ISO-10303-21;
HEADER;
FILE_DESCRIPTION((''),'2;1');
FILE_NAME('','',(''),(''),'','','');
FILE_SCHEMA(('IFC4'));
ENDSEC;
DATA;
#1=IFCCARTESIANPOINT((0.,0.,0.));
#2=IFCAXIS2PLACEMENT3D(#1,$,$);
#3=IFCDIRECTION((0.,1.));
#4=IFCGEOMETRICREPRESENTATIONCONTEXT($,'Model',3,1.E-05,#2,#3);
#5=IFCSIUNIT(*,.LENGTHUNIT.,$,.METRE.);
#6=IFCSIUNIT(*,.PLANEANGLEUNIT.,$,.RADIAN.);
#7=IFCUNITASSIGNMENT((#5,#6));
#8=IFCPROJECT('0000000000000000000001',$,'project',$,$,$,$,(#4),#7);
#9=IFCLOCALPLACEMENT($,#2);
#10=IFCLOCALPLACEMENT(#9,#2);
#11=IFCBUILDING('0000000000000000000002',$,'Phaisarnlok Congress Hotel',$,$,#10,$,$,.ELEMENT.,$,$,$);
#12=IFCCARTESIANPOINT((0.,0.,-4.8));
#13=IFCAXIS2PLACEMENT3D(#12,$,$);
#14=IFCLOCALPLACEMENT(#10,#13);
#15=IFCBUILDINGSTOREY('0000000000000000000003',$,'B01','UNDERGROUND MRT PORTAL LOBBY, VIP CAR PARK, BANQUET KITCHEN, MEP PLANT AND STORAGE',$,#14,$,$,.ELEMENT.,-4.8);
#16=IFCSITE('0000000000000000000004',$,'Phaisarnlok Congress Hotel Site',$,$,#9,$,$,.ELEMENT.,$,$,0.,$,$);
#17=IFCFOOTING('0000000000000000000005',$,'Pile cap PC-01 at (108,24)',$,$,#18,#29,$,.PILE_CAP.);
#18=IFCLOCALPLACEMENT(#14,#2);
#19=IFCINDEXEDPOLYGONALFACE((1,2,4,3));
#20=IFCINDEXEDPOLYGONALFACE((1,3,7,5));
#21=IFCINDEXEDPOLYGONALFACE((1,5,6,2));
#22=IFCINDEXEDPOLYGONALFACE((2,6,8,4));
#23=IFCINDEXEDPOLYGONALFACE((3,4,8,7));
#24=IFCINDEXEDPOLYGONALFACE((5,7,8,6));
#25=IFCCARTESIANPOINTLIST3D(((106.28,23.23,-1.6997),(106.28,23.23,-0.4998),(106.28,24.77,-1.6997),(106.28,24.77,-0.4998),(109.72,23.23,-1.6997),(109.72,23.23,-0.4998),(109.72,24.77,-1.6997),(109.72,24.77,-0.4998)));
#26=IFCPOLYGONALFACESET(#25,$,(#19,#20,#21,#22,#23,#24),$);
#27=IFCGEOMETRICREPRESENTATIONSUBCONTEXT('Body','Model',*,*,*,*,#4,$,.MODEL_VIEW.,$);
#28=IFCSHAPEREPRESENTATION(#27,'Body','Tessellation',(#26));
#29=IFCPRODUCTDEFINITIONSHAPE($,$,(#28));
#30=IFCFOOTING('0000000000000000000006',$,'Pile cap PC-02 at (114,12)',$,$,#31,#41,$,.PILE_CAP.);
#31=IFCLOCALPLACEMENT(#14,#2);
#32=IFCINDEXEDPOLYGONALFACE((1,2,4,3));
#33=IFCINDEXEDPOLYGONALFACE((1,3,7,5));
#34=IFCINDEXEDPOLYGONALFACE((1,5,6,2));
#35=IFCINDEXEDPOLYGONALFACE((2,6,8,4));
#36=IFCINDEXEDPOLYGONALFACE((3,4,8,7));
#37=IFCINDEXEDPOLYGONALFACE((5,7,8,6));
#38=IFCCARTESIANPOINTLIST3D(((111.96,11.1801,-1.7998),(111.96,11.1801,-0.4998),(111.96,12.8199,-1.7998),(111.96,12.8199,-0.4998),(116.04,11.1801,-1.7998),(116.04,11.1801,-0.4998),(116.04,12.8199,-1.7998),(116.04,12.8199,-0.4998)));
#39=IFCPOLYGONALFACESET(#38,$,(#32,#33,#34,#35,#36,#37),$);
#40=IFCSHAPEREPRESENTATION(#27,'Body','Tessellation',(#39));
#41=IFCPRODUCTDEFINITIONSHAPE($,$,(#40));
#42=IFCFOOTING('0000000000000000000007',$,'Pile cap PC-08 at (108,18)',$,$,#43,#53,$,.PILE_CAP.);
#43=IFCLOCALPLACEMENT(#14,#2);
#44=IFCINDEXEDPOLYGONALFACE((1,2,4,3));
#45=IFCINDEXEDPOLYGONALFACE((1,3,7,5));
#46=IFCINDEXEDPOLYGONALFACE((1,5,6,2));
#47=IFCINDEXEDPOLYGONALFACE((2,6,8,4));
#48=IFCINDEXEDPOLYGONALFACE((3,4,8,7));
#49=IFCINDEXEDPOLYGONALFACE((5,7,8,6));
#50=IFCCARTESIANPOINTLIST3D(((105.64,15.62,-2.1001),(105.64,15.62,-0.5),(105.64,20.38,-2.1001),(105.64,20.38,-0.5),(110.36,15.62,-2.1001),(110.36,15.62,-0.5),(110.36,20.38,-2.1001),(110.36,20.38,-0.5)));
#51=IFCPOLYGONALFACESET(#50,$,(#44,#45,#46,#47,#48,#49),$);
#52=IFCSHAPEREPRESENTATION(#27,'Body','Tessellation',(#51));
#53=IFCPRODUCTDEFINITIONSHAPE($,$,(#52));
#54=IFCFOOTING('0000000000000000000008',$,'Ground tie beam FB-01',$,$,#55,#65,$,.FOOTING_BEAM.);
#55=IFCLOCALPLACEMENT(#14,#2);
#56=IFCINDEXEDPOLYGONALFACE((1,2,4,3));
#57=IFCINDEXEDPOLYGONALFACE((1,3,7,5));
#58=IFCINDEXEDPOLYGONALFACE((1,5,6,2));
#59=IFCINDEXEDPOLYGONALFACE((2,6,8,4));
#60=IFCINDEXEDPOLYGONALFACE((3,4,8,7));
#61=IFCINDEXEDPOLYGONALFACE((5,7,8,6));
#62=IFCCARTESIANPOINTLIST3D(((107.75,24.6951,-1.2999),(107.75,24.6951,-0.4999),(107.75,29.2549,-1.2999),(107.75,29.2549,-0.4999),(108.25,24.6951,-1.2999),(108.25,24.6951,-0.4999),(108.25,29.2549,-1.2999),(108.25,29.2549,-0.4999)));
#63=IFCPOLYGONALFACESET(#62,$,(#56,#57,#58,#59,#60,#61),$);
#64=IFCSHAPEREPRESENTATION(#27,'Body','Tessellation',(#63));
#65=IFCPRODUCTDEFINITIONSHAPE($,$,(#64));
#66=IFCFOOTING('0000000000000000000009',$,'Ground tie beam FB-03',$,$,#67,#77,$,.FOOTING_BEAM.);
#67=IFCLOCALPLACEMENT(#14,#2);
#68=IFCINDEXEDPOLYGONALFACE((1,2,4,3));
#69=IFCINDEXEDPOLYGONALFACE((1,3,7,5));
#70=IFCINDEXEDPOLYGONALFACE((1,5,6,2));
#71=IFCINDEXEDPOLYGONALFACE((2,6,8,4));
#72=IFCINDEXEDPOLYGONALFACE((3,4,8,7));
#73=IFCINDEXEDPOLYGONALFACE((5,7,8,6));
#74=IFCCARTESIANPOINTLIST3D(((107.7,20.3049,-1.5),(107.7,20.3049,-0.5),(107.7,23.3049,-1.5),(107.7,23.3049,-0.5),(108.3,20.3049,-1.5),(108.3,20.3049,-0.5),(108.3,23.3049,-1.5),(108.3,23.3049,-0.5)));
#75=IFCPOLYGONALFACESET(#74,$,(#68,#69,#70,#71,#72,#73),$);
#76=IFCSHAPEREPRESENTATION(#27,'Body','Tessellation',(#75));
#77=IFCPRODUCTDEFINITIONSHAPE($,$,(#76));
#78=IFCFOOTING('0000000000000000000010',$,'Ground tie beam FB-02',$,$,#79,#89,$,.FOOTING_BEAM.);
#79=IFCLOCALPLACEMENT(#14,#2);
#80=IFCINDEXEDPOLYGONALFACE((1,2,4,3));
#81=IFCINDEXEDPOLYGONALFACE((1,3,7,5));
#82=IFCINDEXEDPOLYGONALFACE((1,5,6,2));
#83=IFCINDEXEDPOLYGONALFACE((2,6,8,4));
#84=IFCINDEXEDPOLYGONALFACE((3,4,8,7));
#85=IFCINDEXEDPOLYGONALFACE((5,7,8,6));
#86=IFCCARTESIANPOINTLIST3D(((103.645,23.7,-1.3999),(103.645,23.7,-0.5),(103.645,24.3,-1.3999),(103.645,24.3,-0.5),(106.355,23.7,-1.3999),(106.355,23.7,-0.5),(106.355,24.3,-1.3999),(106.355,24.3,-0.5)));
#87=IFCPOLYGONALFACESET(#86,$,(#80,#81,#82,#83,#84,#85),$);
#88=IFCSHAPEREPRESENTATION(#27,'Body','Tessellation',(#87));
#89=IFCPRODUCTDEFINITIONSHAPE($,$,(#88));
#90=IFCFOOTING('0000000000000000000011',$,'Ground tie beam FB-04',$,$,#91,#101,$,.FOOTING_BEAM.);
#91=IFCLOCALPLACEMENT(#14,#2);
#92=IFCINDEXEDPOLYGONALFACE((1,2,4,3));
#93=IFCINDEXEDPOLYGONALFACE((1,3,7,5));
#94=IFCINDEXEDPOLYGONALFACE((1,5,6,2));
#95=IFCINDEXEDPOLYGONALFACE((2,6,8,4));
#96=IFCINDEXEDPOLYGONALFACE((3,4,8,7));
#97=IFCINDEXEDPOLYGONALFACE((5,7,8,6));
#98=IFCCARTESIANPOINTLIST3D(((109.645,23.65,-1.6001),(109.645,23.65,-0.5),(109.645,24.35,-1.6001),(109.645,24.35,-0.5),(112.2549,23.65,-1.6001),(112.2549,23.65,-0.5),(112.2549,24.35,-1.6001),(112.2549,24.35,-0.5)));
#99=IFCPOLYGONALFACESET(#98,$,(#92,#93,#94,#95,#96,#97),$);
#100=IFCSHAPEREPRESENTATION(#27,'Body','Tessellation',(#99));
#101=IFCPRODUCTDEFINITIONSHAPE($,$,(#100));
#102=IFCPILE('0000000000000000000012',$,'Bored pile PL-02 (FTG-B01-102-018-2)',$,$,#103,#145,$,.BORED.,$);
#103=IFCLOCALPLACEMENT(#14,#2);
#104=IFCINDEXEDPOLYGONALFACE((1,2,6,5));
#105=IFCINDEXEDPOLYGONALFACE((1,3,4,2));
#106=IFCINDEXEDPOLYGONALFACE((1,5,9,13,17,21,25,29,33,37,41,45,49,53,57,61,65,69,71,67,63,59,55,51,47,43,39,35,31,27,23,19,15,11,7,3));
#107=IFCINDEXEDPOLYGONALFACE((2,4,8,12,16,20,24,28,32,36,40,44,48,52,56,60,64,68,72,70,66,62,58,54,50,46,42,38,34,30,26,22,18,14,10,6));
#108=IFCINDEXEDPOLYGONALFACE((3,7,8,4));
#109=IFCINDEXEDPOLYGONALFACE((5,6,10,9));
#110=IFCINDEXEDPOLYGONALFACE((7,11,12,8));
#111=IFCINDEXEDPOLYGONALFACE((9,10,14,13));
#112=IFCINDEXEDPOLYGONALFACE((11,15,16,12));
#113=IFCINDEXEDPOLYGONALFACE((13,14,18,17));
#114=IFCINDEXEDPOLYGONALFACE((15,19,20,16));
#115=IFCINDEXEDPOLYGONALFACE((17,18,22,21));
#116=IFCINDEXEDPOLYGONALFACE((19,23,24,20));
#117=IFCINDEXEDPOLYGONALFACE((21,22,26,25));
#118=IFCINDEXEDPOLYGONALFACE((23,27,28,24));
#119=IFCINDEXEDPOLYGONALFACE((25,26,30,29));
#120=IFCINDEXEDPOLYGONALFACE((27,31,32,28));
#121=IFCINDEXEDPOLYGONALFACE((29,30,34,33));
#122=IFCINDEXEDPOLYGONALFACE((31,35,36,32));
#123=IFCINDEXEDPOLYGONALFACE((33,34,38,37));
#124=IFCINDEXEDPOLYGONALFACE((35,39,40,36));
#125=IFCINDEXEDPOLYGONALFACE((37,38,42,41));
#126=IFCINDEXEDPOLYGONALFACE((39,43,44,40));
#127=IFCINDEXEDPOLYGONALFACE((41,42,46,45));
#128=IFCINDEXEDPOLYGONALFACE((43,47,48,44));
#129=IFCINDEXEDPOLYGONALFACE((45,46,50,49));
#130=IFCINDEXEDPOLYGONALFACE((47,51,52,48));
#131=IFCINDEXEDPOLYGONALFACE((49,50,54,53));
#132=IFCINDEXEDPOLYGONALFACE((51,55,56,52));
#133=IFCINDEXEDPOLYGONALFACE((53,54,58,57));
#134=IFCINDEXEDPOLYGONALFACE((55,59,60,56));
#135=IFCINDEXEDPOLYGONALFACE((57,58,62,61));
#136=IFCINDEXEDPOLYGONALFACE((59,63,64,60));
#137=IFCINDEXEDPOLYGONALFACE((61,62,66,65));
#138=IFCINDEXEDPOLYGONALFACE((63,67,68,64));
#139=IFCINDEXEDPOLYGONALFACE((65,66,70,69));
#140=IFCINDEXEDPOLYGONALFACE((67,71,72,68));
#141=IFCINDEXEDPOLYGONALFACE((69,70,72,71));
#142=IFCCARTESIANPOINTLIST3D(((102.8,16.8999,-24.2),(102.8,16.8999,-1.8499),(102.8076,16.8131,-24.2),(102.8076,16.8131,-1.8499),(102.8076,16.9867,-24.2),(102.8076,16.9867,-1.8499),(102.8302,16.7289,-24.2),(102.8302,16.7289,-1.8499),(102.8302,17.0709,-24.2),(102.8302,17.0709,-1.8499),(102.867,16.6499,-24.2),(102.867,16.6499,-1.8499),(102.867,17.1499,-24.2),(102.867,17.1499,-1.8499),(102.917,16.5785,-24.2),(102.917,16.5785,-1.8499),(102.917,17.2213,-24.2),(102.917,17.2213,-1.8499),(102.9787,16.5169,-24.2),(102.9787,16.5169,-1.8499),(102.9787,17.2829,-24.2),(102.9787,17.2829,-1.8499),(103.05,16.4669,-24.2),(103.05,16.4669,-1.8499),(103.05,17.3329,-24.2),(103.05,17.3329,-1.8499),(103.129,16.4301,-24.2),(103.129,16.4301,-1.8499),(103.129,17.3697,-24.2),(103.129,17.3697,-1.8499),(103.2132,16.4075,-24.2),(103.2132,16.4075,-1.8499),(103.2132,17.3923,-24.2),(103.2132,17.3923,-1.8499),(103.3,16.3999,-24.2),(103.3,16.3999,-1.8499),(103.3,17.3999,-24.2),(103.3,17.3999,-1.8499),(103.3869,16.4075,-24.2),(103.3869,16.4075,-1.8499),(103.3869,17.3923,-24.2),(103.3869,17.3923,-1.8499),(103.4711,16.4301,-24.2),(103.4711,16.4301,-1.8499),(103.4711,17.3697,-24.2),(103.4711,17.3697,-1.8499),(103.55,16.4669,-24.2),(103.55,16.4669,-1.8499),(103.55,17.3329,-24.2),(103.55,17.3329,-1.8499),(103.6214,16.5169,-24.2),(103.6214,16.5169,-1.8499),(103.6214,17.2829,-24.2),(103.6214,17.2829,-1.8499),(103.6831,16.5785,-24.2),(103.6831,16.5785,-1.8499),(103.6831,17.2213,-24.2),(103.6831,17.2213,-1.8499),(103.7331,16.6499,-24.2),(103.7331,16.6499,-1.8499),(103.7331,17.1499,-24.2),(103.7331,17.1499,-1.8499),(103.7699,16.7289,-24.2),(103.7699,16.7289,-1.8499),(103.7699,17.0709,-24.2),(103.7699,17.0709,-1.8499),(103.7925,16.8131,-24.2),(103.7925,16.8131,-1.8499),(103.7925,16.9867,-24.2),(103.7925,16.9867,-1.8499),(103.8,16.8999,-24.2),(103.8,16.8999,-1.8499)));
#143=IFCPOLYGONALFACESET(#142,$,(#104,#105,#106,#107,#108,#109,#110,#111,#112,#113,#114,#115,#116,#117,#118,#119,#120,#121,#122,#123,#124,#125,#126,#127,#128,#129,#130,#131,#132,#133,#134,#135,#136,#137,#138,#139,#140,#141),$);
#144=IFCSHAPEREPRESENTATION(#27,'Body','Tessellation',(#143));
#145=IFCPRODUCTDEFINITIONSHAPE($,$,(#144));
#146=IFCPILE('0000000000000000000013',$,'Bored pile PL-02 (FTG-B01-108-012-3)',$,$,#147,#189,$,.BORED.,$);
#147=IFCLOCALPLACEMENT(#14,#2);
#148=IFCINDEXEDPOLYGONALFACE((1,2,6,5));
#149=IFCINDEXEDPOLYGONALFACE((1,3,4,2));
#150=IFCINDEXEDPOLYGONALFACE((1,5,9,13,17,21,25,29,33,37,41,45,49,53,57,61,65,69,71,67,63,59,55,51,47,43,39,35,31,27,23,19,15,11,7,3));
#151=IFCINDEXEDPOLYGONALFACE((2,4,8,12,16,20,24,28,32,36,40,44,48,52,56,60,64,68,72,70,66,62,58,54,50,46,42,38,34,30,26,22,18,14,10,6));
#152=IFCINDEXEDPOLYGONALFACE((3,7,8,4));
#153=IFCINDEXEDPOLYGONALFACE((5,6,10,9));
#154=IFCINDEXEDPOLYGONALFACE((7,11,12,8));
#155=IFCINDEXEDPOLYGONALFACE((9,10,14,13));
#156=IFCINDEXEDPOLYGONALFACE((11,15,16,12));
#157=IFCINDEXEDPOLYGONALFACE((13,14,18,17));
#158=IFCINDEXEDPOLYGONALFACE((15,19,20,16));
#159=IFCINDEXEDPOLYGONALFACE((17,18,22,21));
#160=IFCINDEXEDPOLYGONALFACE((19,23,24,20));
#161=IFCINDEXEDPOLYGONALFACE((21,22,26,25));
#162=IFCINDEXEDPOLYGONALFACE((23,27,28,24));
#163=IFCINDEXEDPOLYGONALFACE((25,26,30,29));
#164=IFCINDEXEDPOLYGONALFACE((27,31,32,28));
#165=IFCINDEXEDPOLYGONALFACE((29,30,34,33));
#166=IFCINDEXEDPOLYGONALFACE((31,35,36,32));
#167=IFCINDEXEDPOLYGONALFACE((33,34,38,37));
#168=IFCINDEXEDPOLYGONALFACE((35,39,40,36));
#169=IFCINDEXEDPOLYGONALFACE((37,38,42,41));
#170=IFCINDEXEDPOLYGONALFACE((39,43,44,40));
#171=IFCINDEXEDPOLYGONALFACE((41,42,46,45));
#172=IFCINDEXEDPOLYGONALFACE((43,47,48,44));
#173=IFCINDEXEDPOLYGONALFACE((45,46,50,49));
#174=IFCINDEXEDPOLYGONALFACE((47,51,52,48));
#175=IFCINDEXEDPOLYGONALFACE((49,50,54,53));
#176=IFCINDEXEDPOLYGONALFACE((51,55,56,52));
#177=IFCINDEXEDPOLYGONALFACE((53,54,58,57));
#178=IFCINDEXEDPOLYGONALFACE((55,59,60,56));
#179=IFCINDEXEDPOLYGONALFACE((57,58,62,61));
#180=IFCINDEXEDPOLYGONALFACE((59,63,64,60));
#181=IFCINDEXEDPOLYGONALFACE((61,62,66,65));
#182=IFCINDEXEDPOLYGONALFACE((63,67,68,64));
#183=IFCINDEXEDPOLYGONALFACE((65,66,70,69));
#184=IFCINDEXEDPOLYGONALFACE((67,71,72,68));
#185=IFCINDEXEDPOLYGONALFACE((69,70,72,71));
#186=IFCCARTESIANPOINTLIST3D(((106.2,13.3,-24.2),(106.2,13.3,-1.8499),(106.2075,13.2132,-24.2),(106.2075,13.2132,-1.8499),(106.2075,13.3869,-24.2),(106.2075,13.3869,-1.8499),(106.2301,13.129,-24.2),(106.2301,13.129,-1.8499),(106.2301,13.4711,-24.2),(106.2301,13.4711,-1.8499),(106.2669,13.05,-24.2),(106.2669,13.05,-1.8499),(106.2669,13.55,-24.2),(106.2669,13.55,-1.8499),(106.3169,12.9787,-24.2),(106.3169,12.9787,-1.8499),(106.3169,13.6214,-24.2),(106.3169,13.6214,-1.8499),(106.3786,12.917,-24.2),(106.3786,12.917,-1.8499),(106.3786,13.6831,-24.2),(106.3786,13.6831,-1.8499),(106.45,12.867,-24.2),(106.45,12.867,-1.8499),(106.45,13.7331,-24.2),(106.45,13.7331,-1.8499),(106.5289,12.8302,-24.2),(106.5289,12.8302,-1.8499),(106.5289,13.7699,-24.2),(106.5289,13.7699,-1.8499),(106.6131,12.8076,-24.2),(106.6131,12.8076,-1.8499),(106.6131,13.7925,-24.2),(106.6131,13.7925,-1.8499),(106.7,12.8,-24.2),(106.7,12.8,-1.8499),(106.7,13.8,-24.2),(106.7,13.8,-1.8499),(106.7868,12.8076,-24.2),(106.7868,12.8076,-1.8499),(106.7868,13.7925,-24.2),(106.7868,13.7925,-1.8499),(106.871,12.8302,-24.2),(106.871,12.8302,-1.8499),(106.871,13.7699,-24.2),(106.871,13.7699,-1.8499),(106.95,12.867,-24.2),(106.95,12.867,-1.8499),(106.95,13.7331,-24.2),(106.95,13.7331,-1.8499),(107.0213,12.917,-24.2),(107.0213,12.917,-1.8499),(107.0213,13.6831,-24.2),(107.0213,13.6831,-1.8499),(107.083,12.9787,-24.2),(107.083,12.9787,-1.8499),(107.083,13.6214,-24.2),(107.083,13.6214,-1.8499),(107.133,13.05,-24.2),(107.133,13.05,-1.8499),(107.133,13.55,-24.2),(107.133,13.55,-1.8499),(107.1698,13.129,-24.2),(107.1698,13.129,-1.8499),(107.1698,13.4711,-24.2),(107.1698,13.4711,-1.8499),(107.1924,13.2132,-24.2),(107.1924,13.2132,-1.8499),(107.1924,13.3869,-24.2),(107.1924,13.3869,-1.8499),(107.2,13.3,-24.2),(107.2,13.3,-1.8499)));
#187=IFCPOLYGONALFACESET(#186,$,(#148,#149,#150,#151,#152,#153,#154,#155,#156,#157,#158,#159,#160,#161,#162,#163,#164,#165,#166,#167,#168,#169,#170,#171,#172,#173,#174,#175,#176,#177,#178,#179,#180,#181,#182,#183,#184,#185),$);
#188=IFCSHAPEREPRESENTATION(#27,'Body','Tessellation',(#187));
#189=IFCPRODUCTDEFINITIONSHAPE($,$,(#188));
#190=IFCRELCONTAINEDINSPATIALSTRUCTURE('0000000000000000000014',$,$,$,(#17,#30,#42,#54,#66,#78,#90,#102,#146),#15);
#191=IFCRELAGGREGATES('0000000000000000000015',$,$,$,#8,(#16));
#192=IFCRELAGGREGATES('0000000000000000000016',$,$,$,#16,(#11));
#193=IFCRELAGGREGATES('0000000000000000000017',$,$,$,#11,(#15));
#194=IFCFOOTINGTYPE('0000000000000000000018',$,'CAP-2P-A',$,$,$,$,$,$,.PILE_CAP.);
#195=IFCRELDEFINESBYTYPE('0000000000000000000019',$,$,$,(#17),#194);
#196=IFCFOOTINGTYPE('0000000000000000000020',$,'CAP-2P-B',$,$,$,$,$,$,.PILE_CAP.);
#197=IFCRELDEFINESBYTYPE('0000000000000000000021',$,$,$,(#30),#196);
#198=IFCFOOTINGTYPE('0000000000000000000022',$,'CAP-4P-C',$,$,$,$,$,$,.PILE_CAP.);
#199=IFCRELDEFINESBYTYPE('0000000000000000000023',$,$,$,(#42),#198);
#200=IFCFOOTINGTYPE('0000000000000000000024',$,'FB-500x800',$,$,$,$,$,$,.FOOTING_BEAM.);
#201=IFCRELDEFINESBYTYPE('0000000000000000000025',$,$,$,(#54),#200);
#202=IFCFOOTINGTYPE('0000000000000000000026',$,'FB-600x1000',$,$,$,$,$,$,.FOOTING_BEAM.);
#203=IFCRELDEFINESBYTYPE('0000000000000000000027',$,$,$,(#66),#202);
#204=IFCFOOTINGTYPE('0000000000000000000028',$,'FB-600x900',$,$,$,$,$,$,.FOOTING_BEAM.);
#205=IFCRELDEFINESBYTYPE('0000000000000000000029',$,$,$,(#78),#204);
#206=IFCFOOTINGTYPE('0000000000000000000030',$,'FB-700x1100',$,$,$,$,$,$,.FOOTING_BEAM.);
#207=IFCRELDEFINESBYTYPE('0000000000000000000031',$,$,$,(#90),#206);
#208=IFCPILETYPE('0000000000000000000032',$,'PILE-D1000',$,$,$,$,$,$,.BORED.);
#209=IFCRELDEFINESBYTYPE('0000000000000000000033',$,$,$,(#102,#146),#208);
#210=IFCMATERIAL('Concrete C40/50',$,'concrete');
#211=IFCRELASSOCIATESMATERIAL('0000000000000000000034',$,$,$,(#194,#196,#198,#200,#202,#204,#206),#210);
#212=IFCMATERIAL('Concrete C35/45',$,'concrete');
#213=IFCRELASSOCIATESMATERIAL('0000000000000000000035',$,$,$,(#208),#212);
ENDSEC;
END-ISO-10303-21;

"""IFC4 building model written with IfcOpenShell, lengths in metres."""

from ifc_helpers import new_model, si_unit, direction, frame, origin, origin_2d, place, context, subcontext, project, spatial, rectangle, circle, extrude, material, material_profile, profile_set, type_object, element, save


model = new_model("IFC4")

# Units and contexts
model_context = context("Model", 3, precision=1e-05, world=origin(), true_north=direction((0.0, 1.0)))
body_context = subcontext(model_context, "Body", "Model", "MODEL_VIEW")
ifc_project = project(units=[si_unit("LENGTHUNIT", "METRE"), si_unit("PLANEANGLEUNIT", "RADIAN")], contexts=[model_context])

# Site, building, storey
site_placement = place(None, origin())
site = spatial("IfcSite", under=ifc_project, at=site_placement, Name="Phaisarnlok Congress Hotel Site", CompositionType="ELEMENT", RefElevation=0.0)
building_placement = place(site_placement, origin())
building = spatial("IfcBuilding", under=site, at=building_placement, Name="Phaisarnlok Congress Hotel", CompositionType="ELEMENT")
storey_placement = place(building_placement, frame((0.0, 0.0, -4.8)))
storey = spatial("IfcBuildingStorey", under=building, at=storey_placement, Name="B01", Description="UNDERGROUND MRT PORTAL LOBBY, VIP CAR PARK, BANQUET KITCHEN, MEP PLANT AND STORAGE", CompositionType="ELEMENT", Elevation=-4.8)

# Footings
ifc_material_1 = material(Name="Concrete C40/50", Category="concrete")
footing_type_1 = type_object("IfcFootingType", Name="CAP-2P-A", PredefinedType="PILE_CAP", material=ifc_material_1)
footing_1_placement = place(storey_placement, frame((108.0, 24.0, -1.6997), z_axis=(0.0, 0.0, 1.0), x_axis=(1.0, 0.0, 0.0)))
element("IfcFooting", 1, at=footing_1_placement, inside=storey, type_object=footing_type_1, Name="Pile cap PC-01 at (108,24)", PredefinedType="PILE_CAP", context=body_context, shape_type="SweptSolid", body=[
    extrude(rectangle(XDim=3.4399, YDim=1.54, at=origin_2d()), origin(), (0.0, 0.0, 1.0), 1.2),
])
footing_type_2 = type_object("IfcFootingType", Name="CAP-2P-B", PredefinedType="PILE_CAP", material=ifc_material_1)
footing_2_placement = place(storey_placement, frame((114.0, 12.0, -1.7998), z_axis=(0.0, 0.0, 1.0), x_axis=(1.0, 0.0, 0.0)))
element("IfcFooting", 2, at=footing_2_placement, inside=storey, type_object=footing_type_2, Name="Pile cap PC-02 at (114,12)", PredefinedType="PILE_CAP", context=body_context, shape_type="SweptSolid", body=[
    extrude(rectangle(XDim=4.0801, YDim=1.6399, at=origin_2d()), origin(), (0.0, 0.0, 1.0), 1.3),
])
footing_type_3 = type_object("IfcFootingType", Name="CAP-4P-C", PredefinedType="PILE_CAP", material=ifc_material_1)
footing_3_placement = place(storey_placement, frame((108.0, 18.0, -2.1001), z_axis=(0.0, 0.0, 1.0), x_axis=(1.0, 0.0, 0.0)))
element("IfcFooting", 3, at=footing_3_placement, inside=storey, type_object=footing_type_3, Name="Pile cap PC-08 at (108,18)", PredefinedType="PILE_CAP", context=body_context, shape_type="SweptSolid", body=[
    extrude(rectangle(XDim=4.72, YDim=4.76, at=origin_2d()), origin(), (0.0, 0.0, 1.0), 1.6001),
])
ifc_material_profile_1 = material_profile(ifc_material_1, rectangle(XDim=0.5, YDim=0.8, at=origin_2d()), Name="FB-500x800")
ifc_profile_set_1 = profile_set([ifc_material_profile_1], Name="Concrete C40/50")
footing_type_4 = type_object("IfcFootingType", Name="FB-500x800", PredefinedType="FOOTING_BEAM", material=ifc_profile_set_1)
footing_4_placement = place(storey_placement, frame((108.0, 24.6951, -0.8999), z_axis=(0.0, 1.0, 0.0), x_axis=(-1.0, 0.0, 0.0)))
element("IfcFooting", 4, at=footing_4_placement, inside=storey, type_object=footing_type_4, Name="Ground tie beam FB-01", PredefinedType="FOOTING_BEAM", context=body_context, shape_type="SweptSolid", body=[
    extrude(rectangle(XDim=0.5, YDim=0.8, at=origin_2d()), origin(), (0.0, 0.0, 1.0), 4.5598),
])
ifc_material_profile_2 = material_profile(ifc_material_1, rectangle(XDim=0.6001, YDim=1.0, at=origin_2d()), Name="FB-600x1000")
ifc_profile_set_2 = profile_set([ifc_material_profile_2], Name="Concrete C40/50")
footing_type_5 = type_object("IfcFootingType", Name="FB-600x1000", PredefinedType="FOOTING_BEAM", material=ifc_profile_set_2)
footing_5_placement = place(storey_placement, frame((108.0, 20.3049, -1.0), z_axis=(0.0, 1.0, 0.0), x_axis=(-1.0, 0.0, 0.0)))
element("IfcFooting", 5, at=footing_5_placement, inside=storey, type_object=footing_type_5, Name="Ground tie beam FB-03", PredefinedType="FOOTING_BEAM", context=body_context, shape_type="SweptSolid", body=[
    extrude(rectangle(XDim=0.6001, YDim=1.0, at=origin_2d()), origin(), (0.0, 0.0, 1.0), 3.0),
])
ifc_material_profile_3 = material_profile(ifc_material_1, rectangle(XDim=0.6001, YDim=0.8999, at=origin_2d()), Name="FB-600x900")
ifc_profile_set_3 = profile_set([ifc_material_profile_3], Name="Concrete C40/50")
footing_type_6 = type_object("IfcFootingType", Name="FB-600x900", PredefinedType="FOOTING_BEAM", material=ifc_profile_set_3)
footing_6_placement = place(storey_placement, frame((103.645, 24.0, -0.95), z_axis=(1.0, 0.0, 0.0), x_axis=(0.0, 1.0, 0.0)))
element("IfcFooting", 6, at=footing_6_placement, inside=storey, type_object=footing_type_6, Name="Ground tie beam FB-02", PredefinedType="FOOTING_BEAM", context=body_context, shape_type="SweptSolid", body=[
    extrude(rectangle(XDim=0.6001, YDim=0.8999, at=origin_2d()), origin(), (0.0, 0.0, 1.0), 2.71),
])
ifc_material_profile_4 = material_profile(ifc_material_1, rectangle(XDim=0.7, YDim=1.1001, at=origin_2d()), Name="FB-700x1100")
ifc_profile_set_4 = profile_set([ifc_material_profile_4], Name="Concrete C40/50")
footing_type_7 = type_object("IfcFootingType", Name="FB-700x1100", PredefinedType="FOOTING_BEAM", material=ifc_profile_set_4)
footing_7_placement = place(storey_placement, frame((109.645, 24.0, -1.05), z_axis=(1.0, 0.0, 0.0), x_axis=(0.0, 1.0, 0.0)))
element("IfcFooting", 7, at=footing_7_placement, inside=storey, type_object=footing_type_7, Name="Ground tie beam FB-04", PredefinedType="FOOTING_BEAM", context=body_context, shape_type="SweptSolid", body=[
    extrude(rectangle(XDim=0.7, YDim=1.1001, at=origin_2d()), origin(), (0.0, 0.0, 1.0), 2.6099),
])

# Piles
ifc_material_2 = material(Name="Concrete C35/45", Category="concrete")
ifc_material_profile_5 = material_profile(ifc_material_2, circle(Radius=0.5, at=origin_2d()), Name="BORED PILE D1000")
ifc_profile_set_5 = profile_set([ifc_material_profile_5], Name="Concrete C35/45")
pile_type_1 = type_object("IfcPileType", Name="PILE-D1000", PredefinedType="BORED", material=ifc_profile_set_5)
for number, where, z_axis, x_axis, name in (
    (8, (103.3, 16.8999, -1.8499), (0.0, 0.0, -1.0), (1.0, 0.0, 0.0), "Bored pile PL-02 (FTG-B01-102-018-2)"),
    (9, (106.7, 13.3, -1.8499), (0.0, 0.0, -1.0), (1.0, 0.0, 0.0), "Bored pile PL-02 (FTG-B01-108-012-3)"),
):
    element("IfcPile", number, at=place(storey_placement, frame(where, z_axis=z_axis, x_axis=x_axis)), inside=storey, type_object=pile_type_1, Name=name, PredefinedType="BORED", context=body_context, shape_type="SweptSolid", body=[
        extrude(circle(Radius=0.5, at=origin_2d()), origin(), (0.0, 0.0, 1.0), 22.3501),
    ])

save(model, "model.ifc")
